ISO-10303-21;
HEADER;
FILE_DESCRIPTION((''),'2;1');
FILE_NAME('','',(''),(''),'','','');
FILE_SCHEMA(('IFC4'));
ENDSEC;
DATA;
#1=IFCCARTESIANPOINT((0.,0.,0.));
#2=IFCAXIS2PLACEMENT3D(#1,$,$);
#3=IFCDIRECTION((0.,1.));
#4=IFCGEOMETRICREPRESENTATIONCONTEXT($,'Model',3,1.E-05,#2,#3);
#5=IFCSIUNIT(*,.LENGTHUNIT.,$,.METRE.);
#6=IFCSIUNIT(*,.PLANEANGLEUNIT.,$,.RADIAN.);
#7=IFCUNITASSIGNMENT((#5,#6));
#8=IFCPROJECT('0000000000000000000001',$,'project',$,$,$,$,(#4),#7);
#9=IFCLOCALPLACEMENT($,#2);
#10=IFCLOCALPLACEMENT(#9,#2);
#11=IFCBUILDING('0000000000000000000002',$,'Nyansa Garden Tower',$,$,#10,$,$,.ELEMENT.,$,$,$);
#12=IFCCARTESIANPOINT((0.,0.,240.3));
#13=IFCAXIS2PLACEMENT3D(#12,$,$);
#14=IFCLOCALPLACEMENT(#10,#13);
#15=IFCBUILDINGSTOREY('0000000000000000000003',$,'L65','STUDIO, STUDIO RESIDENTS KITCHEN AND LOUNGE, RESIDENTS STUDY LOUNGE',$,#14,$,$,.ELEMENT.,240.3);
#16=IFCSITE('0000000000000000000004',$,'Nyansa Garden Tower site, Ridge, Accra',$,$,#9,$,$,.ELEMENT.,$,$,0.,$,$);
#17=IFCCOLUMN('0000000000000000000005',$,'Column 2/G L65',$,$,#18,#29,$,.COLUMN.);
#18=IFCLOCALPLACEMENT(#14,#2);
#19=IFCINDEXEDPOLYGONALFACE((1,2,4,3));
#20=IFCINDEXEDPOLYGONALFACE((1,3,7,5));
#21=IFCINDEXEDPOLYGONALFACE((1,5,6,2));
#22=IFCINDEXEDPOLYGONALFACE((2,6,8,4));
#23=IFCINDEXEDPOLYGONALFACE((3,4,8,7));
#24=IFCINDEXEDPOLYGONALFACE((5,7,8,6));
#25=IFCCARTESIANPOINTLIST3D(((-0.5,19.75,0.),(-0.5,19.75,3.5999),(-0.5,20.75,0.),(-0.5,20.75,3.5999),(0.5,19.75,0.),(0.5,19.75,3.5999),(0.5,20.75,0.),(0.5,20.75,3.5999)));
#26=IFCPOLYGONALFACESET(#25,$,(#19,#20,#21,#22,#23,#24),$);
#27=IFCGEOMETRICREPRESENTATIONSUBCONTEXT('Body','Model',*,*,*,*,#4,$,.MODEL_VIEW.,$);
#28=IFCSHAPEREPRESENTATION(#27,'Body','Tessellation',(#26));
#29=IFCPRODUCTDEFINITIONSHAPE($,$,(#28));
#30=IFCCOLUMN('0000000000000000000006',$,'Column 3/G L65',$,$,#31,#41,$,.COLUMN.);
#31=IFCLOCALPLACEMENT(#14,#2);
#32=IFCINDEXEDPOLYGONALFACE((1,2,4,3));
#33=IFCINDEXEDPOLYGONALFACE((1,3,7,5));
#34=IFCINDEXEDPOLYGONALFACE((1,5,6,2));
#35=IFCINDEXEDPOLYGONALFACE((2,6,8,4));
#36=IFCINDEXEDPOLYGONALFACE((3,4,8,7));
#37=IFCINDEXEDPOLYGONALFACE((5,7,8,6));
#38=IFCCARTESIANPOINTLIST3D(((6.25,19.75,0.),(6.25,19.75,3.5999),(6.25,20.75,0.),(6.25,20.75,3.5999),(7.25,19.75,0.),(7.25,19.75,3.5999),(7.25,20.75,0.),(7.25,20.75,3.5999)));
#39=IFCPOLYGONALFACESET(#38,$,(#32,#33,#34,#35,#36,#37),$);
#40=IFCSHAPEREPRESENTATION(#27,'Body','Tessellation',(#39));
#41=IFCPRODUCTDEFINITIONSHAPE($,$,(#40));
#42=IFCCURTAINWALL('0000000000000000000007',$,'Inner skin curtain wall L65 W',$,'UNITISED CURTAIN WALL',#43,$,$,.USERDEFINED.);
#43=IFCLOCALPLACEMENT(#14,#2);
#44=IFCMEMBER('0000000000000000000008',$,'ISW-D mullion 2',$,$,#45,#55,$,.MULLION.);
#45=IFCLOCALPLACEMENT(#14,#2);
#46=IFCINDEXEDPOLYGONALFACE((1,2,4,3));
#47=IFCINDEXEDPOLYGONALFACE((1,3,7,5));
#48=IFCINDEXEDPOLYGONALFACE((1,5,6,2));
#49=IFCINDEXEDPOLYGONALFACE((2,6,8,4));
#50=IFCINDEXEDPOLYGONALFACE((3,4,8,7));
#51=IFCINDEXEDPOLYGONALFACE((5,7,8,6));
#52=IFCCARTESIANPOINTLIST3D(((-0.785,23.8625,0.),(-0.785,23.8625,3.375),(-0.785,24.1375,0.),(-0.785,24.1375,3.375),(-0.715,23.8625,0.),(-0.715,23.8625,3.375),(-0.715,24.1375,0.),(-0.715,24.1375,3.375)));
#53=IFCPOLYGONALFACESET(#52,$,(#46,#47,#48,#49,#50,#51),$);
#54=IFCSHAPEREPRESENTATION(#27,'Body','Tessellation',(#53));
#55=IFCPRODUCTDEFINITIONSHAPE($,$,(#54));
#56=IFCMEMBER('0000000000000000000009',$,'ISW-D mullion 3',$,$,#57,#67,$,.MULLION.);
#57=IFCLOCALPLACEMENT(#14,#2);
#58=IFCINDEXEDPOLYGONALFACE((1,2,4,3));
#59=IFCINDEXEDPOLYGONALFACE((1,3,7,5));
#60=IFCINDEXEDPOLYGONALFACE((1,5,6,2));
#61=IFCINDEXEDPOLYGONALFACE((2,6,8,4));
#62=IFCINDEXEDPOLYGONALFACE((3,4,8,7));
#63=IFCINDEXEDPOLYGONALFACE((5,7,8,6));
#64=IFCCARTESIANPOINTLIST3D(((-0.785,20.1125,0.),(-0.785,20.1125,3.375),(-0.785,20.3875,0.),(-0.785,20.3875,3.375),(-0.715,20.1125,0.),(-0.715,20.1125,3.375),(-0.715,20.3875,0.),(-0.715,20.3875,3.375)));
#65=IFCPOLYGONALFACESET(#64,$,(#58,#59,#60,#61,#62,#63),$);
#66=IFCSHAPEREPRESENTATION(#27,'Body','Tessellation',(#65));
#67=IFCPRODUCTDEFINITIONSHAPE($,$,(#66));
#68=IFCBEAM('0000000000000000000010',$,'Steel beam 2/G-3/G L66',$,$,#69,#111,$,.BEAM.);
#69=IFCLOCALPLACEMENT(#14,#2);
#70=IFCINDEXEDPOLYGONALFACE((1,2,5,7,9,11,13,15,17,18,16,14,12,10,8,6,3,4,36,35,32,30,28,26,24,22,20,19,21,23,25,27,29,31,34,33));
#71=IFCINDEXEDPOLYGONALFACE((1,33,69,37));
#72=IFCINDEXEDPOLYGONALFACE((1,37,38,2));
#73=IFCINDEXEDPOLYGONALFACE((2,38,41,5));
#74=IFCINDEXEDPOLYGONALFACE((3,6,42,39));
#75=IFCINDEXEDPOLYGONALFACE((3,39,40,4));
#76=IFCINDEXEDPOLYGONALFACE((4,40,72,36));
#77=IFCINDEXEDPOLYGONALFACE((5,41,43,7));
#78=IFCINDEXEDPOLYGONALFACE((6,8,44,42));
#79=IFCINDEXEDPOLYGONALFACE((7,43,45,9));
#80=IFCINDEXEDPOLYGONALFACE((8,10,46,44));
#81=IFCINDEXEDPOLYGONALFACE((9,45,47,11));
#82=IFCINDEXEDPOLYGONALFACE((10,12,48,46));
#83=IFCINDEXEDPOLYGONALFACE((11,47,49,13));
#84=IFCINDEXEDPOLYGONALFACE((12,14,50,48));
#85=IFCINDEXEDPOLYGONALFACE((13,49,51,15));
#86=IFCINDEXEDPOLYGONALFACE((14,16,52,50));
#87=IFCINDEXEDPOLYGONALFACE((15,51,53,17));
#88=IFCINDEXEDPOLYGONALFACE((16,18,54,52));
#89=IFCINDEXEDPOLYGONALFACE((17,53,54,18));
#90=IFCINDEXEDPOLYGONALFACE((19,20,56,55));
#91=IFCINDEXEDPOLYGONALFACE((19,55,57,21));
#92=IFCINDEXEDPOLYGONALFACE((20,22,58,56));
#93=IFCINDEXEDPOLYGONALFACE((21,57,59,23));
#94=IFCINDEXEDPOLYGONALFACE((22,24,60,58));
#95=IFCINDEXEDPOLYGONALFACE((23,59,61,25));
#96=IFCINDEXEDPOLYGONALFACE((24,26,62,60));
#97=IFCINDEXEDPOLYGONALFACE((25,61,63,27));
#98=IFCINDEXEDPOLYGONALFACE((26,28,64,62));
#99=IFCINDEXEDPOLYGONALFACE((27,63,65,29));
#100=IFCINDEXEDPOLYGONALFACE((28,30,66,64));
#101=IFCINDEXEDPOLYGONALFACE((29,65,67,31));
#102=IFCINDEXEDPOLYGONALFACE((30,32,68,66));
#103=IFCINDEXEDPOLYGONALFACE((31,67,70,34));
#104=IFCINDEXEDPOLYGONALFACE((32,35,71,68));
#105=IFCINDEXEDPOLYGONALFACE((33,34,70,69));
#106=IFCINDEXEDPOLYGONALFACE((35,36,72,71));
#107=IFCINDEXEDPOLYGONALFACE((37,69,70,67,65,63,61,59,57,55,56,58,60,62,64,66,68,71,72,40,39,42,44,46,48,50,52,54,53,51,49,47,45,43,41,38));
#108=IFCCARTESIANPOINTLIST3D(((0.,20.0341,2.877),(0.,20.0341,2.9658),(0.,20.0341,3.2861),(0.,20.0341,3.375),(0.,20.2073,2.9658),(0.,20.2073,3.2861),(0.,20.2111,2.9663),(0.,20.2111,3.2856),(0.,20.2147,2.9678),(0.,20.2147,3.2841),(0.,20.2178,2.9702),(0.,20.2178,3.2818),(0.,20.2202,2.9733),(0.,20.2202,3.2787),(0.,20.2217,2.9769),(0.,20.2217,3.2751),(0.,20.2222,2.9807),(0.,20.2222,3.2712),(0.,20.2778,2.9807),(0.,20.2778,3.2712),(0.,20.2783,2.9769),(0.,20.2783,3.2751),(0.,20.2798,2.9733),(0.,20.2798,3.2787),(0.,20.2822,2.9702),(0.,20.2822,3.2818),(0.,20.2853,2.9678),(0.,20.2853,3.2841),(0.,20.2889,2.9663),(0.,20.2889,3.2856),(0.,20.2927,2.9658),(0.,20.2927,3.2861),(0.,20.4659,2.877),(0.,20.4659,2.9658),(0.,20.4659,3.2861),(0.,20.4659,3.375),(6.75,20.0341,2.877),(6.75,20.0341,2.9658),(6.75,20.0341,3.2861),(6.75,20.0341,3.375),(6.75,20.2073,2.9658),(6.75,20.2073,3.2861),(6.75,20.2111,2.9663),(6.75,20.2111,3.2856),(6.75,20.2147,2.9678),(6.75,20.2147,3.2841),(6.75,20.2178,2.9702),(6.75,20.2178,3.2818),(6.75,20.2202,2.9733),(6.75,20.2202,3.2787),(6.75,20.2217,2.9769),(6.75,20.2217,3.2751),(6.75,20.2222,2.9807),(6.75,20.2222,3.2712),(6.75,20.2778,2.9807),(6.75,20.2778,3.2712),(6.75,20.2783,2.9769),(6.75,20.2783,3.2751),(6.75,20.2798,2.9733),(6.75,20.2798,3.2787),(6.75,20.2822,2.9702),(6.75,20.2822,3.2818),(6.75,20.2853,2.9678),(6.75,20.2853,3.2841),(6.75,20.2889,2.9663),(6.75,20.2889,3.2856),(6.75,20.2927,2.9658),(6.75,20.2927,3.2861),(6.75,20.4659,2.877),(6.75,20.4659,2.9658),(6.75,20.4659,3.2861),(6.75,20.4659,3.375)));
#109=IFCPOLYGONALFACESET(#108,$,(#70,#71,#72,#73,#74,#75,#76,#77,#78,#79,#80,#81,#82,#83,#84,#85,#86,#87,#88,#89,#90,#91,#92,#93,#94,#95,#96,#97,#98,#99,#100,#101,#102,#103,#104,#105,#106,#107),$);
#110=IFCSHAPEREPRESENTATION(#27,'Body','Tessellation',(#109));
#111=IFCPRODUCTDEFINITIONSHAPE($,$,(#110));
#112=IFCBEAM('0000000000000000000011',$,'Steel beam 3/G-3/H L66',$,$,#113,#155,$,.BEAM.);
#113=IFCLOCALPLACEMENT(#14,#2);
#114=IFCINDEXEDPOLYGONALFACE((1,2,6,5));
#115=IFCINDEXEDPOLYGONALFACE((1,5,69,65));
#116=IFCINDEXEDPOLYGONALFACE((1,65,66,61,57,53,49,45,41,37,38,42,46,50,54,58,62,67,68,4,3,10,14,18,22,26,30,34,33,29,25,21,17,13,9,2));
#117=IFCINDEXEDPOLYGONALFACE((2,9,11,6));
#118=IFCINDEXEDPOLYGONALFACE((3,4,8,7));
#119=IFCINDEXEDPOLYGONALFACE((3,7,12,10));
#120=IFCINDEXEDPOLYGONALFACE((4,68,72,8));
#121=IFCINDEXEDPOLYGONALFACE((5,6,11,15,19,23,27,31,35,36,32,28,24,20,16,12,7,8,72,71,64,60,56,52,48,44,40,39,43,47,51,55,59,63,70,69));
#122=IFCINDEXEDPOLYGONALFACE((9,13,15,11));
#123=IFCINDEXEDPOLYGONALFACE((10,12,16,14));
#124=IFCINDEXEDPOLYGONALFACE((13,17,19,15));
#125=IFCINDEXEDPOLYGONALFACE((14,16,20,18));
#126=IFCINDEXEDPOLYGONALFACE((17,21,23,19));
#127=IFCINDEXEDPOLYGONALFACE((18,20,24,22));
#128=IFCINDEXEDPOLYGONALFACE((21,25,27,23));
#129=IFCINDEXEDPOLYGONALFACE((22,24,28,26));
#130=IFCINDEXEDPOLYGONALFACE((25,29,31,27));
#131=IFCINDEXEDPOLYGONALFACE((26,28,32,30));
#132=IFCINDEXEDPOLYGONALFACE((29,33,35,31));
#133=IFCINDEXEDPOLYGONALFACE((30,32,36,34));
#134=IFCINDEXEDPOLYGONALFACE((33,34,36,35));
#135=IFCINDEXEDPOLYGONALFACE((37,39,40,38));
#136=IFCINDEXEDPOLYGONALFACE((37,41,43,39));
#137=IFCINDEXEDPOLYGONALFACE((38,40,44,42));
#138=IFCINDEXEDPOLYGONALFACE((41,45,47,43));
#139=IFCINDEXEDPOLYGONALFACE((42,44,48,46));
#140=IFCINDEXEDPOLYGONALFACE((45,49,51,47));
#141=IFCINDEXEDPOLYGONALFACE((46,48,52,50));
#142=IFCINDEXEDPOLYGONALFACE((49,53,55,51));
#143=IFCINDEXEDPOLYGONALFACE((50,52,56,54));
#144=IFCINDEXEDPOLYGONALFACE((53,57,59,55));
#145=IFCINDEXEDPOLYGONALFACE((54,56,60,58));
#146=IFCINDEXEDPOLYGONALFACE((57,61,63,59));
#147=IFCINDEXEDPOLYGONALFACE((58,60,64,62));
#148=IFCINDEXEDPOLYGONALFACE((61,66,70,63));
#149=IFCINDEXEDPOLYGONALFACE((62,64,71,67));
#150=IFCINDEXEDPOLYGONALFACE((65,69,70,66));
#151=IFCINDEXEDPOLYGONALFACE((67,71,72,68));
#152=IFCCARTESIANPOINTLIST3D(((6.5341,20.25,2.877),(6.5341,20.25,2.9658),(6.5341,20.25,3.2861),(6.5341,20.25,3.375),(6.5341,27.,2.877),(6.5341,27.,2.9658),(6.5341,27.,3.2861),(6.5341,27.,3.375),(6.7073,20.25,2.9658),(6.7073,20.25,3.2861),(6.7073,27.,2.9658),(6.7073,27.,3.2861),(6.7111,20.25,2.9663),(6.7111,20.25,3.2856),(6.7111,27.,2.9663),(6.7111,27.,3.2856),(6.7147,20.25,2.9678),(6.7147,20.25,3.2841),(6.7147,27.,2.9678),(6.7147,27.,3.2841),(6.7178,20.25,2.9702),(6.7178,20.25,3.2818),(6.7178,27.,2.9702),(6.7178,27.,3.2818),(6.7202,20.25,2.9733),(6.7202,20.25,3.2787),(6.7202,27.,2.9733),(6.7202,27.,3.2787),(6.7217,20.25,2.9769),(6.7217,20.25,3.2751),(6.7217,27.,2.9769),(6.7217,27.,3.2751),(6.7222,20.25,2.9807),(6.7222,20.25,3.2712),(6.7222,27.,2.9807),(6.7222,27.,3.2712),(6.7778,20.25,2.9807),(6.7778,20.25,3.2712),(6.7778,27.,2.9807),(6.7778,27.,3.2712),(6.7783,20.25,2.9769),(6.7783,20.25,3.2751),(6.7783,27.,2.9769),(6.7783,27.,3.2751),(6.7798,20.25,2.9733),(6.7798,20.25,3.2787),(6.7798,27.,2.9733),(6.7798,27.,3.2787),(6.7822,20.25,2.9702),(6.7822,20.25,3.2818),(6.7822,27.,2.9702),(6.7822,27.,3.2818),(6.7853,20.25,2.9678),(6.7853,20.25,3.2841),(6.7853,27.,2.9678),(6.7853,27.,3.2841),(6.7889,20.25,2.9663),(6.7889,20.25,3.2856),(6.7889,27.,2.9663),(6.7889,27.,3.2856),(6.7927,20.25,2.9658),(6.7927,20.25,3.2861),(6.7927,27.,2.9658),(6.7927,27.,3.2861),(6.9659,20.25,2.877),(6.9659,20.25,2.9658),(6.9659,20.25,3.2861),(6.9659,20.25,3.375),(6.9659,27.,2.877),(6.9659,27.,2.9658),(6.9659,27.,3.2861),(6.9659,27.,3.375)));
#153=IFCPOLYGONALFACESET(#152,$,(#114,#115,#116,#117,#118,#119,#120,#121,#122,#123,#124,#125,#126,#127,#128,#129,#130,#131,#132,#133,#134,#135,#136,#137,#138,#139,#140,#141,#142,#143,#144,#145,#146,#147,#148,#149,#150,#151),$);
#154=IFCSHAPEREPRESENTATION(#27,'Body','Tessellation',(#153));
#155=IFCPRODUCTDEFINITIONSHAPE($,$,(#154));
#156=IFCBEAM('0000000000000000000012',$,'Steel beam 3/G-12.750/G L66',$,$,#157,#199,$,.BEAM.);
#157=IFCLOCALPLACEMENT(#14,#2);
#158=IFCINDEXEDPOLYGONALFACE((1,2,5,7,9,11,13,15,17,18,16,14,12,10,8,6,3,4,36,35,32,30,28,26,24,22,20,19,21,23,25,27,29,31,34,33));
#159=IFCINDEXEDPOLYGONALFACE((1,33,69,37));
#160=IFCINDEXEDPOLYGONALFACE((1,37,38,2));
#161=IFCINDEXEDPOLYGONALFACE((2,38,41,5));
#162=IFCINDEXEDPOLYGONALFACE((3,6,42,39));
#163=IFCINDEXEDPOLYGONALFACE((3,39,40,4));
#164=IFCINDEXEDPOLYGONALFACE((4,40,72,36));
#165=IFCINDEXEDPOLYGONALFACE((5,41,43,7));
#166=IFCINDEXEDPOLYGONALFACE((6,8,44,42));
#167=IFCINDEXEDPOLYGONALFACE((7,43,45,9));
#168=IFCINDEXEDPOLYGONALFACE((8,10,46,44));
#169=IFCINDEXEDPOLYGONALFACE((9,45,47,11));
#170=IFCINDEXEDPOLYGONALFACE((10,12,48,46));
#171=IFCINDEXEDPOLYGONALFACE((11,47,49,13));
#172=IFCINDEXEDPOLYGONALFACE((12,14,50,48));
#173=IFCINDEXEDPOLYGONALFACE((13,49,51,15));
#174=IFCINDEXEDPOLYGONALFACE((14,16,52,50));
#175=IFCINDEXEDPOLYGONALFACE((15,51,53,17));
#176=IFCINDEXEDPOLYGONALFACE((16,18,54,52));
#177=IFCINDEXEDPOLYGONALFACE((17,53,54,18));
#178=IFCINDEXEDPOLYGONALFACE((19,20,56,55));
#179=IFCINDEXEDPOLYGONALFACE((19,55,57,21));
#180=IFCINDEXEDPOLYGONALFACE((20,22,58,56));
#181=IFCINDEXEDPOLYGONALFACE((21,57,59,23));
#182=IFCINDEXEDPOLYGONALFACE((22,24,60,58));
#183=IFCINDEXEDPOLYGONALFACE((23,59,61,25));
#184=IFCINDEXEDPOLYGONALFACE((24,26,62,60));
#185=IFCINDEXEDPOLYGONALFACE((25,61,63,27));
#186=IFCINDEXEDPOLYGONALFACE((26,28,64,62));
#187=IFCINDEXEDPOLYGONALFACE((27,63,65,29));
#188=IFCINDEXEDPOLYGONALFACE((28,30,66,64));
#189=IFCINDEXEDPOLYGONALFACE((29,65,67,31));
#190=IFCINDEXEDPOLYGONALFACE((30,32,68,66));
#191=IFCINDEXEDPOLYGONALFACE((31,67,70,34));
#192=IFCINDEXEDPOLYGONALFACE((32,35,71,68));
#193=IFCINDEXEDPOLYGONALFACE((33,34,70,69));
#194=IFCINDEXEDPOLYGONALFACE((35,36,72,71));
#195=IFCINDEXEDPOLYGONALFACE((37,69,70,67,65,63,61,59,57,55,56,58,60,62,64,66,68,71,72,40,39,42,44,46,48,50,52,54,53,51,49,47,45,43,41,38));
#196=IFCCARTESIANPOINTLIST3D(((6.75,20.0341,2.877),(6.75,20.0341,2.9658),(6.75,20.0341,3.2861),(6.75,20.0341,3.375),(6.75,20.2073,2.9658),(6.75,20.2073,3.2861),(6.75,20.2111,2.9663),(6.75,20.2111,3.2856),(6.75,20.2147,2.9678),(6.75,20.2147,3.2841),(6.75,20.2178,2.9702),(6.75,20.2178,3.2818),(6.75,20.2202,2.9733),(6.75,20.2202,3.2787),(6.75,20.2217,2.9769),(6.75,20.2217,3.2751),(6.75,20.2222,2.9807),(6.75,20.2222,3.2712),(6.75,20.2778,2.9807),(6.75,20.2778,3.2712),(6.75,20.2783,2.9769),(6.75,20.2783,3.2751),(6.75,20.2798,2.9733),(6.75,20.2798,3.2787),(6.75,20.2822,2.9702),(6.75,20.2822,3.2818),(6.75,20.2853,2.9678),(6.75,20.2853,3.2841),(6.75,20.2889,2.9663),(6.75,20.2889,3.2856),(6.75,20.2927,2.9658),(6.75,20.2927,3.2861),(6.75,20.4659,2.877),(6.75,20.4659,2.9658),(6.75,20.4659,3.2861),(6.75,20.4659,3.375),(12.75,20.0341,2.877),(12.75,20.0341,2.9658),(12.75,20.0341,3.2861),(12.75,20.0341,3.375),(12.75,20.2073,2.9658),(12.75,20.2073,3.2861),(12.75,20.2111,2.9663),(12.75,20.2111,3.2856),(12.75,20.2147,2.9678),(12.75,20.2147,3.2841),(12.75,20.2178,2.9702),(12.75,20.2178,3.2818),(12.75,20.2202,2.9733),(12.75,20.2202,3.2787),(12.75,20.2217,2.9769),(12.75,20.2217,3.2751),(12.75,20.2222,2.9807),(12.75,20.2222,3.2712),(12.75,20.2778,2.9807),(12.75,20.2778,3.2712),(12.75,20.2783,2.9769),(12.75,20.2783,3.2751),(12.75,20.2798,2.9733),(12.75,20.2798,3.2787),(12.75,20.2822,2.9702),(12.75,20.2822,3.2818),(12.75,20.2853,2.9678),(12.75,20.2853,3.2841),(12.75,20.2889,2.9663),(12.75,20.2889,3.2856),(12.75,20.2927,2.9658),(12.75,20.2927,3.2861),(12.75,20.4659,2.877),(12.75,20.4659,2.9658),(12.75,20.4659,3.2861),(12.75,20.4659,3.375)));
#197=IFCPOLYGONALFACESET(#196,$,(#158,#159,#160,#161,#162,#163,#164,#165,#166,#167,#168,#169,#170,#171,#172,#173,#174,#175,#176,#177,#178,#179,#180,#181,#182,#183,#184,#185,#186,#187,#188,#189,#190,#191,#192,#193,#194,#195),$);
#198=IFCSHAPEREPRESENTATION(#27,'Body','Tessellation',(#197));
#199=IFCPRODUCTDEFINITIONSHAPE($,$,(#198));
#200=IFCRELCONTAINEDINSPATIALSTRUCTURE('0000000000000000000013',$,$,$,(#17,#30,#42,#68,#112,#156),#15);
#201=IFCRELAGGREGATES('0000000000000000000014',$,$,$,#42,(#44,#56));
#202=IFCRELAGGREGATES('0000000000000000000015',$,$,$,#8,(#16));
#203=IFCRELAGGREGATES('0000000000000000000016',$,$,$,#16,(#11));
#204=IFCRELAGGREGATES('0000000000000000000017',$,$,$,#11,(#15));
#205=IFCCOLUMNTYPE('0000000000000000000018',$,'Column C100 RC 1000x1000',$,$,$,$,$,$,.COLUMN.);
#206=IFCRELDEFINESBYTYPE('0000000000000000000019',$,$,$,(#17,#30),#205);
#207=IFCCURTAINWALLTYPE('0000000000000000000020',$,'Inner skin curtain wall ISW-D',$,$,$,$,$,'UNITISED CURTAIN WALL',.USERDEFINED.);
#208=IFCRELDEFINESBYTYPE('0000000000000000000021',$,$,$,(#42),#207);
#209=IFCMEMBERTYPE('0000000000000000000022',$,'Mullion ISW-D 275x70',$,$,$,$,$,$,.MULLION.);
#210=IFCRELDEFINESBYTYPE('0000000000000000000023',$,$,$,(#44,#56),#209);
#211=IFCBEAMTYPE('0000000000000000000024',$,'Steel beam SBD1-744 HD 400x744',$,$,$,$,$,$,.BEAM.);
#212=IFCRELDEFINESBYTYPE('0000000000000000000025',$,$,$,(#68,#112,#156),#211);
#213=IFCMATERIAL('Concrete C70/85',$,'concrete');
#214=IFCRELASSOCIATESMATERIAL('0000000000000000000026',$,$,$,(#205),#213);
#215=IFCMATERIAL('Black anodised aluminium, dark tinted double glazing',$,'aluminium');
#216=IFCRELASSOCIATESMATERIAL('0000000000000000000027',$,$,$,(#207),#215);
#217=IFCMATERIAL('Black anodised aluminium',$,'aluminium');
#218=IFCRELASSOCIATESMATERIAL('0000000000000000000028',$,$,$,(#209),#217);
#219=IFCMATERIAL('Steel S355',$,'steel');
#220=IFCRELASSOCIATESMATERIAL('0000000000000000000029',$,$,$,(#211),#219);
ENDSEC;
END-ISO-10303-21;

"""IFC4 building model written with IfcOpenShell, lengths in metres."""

from ifc_helpers import new_model, si_unit, direction, frame, origin, origin_2d, place, context, subcontext, project, spatial, rectangle, i_section, extrude, material, material_profile, profile_set, type_object, element, aggregate, save


model = new_model("IFC4")

# Units and contexts
model_context = context("Model", 3, precision=1e-05, world=origin(), true_north=direction((0.0, 1.0)))
body_context = subcontext(model_context, "Body", "Model", "MODEL_VIEW")
ifc_project = project(units=[si_unit("LENGTHUNIT", "METRE"), si_unit("PLANEANGLEUNIT", "RADIAN")], contexts=[model_context])

# Site, building, storey
site_placement = place(None, origin())
site = spatial("IfcSite", under=ifc_project, at=site_placement, Name="Nyansa Garden Tower site, Ridge, Accra", CompositionType="ELEMENT", RefElevation=0.0)
building_placement = place(site_placement, origin())
building = spatial("IfcBuilding", under=site, at=building_placement, Name="Nyansa Garden Tower", CompositionType="ELEMENT")
storey_placement = place(building_placement, frame((0.0, 0.0, 240.3)))
storey = spatial("IfcBuildingStorey", under=building, at=storey_placement, Name="L65", Description="STUDIO, STUDIO RESIDENTS KITCHEN AND LOUNGE, RESIDENTS STUDY LOUNGE", CompositionType="ELEMENT", Elevation=240.3)

# Columns
ifc_material_1 = material(Name="Concrete C70/85", Category="concrete")
ifc_material_profile_1 = material_profile(ifc_material_1, rectangle(XDim=1.0, YDim=1.0, at=origin_2d()), Name="RC 1000x1000")
ifc_profile_set_1 = profile_set([ifc_material_profile_1], Name="Concrete C70/85")
column_type = type_object("IfcColumnType", Name="Column C100 RC 1000x1000", PredefinedType="COLUMN", material=ifc_profile_set_1)
for number, where, z_axis, x_axis, name in (
    (1, (0.0, 20.25, 0.0), (0.0, 0.0, 1.0), (1.0, 0.0, 0.0), "Column 2/G L65"),
    (2, (6.75, 20.25, 0.0), (0.0, 0.0, 1.0), (1.0, 0.0, 0.0), "Column 3/G L65"),
):
    element("IfcColumn", number, at=place(storey_placement, frame(where, z_axis=z_axis, x_axis=x_axis)), inside=storey, type_object=column_type, Name=name, PredefinedType="COLUMN", context=body_context, shape_type="SweptSolid", body=[
        extrude(rectangle(XDim=1.0, YDim=1.0, at=origin_2d()), origin(), (0.0, 0.0, 1.0), 3.5999),
    ])

# Curtain wall, members
ifc_material_2 = material(Name="Black anodised aluminium, dark tinted double glazing", Category="aluminium")
curtain_wall_type = type_object("IfcCurtainWallType", Name="Inner skin curtain wall ISW-D", ElementType="UNITISED CURTAIN WALL", PredefinedType="USERDEFINED", material=ifc_material_2)
curtain_wall_placement = place(storey_placement, origin())
curtain_wall = element("IfcCurtainWall", 3, at=curtain_wall_placement, inside=storey, type_object=curtain_wall_type, Name="Inner skin curtain wall L65 W", ObjectType="UNITISED CURTAIN WALL", PredefinedType="USERDEFINED")
ifc_material_3 = material(Name="Black anodised aluminium", Category="aluminium")
ifc_material_profile_2 = material_profile(ifc_material_3, rectangle(XDim=0.0701, YDim=0.2749, at=origin_2d()), Name="Mullion 275x70")
ifc_profile_set_2 = profile_set([ifc_material_profile_2], Name="Black anodised aluminium")
member_type_1 = type_object("IfcMemberType", Name="Mullion ISW-D 275x70", PredefinedType="MULLION", material=ifc_profile_set_2)
member_1_placement = place(storey_placement, frame((-0.75, 24.0, 0.0), z_axis=(0.0, 0.0, 1.0), x_axis=(1.0, 0.0, 0.0)))
member_1 = element("IfcMember", 4, at=member_1_placement, type_object=member_type_1, Name="ISW-D mullion 2", PredefinedType="MULLION", context=body_context, shape_type="SweptSolid", body=[
    extrude(rectangle(XDim=0.0701, YDim=0.2749, at=origin_2d()), origin(), (0.0, 0.0, 1.0), 3.375),
])
member_2_placement = place(storey_placement, frame((-0.75, 20.25, 0.0), z_axis=(0.0, 0.0, 1.0), x_axis=(1.0, 0.0, 0.0)))
member_2 = element("IfcMember", 5, at=member_2_placement, type_object=member_type_1, Name="ISW-D mullion 3", PredefinedType="MULLION", context=body_context, shape_type="SweptSolid", body=[
    extrude(rectangle(XDim=0.0701, YDim=0.2749, at=origin_2d()), origin(), (0.0, 0.0, 1.0), 3.375),
])

# Beams
ifc_material_4 = material(Name="Steel S355", Category="steel")
ifc_material_profile_3 = material_profile(ifc_material_4, i_section(OverallWidth=0.4319, OverallDepth=0.498, WebThickness=0.0557, FlangeThickness=0.0889, FilletRadius=0.0149, at=origin_2d()), Name="HD 400x744")
ifc_profile_set_3 = profile_set([ifc_material_profile_3], Name="Steel S355")
beam_type_1 = type_object("IfcBeamType", Name="Steel beam SBD1-744 HD 400x744", PredefinedType="BEAM", material=ifc_profile_set_3)
for number, where, z_axis, x_axis, name in (
    (6, (0.0, 20.25, 3.126), (1.0, 0.0, 0.0), (0.0, 1.0, 0.0), "Steel beam 2/G-3/G L66"),
    (7, (6.75, 20.25, 3.126), (0.0, 1.0, 0.0), (-1.0, 0.0, 0.0), "Steel beam 3/G-3/H L66"),
):
    element("IfcBeam", number, at=place(storey_placement, frame(where, z_axis=z_axis, x_axis=x_axis)), inside=storey, type_object=beam_type_1, Name=name, PredefinedType="BEAM", context=body_context, shape_type="SweptSolid", body=[
        extrude(i_section(OverallWidth=0.4319, OverallDepth=0.498, WebThickness=0.0557, FlangeThickness=0.0889, FilletRadius=0.0149, at=origin_2d()), origin(), (0.0, 0.0, 1.0), 6.75),
    ])
beam_1_placement = place(storey_placement, frame((6.75, 20.25, 3.126), z_axis=(1.0, 0.0, 0.0), x_axis=(0.0, 1.0, 0.0)))
element("IfcBeam", 8, at=beam_1_placement, inside=storey, type_object=beam_type_1, Name="Steel beam 3/G-12.750/G L66", PredefinedType="BEAM", context=body_context, shape_type="SweptSolid", body=[
    extrude(i_section(OverallWidth=0.4319, OverallDepth=0.498, WebThickness=0.0557, FlangeThickness=0.0889, FilletRadius=0.0149, at=origin_2d()), origin(), (0.0, 0.0, 1.0), 6.0),
])

aggregate(curtain_wall, [member_1, member_2])

save(model, "model.ifc")
